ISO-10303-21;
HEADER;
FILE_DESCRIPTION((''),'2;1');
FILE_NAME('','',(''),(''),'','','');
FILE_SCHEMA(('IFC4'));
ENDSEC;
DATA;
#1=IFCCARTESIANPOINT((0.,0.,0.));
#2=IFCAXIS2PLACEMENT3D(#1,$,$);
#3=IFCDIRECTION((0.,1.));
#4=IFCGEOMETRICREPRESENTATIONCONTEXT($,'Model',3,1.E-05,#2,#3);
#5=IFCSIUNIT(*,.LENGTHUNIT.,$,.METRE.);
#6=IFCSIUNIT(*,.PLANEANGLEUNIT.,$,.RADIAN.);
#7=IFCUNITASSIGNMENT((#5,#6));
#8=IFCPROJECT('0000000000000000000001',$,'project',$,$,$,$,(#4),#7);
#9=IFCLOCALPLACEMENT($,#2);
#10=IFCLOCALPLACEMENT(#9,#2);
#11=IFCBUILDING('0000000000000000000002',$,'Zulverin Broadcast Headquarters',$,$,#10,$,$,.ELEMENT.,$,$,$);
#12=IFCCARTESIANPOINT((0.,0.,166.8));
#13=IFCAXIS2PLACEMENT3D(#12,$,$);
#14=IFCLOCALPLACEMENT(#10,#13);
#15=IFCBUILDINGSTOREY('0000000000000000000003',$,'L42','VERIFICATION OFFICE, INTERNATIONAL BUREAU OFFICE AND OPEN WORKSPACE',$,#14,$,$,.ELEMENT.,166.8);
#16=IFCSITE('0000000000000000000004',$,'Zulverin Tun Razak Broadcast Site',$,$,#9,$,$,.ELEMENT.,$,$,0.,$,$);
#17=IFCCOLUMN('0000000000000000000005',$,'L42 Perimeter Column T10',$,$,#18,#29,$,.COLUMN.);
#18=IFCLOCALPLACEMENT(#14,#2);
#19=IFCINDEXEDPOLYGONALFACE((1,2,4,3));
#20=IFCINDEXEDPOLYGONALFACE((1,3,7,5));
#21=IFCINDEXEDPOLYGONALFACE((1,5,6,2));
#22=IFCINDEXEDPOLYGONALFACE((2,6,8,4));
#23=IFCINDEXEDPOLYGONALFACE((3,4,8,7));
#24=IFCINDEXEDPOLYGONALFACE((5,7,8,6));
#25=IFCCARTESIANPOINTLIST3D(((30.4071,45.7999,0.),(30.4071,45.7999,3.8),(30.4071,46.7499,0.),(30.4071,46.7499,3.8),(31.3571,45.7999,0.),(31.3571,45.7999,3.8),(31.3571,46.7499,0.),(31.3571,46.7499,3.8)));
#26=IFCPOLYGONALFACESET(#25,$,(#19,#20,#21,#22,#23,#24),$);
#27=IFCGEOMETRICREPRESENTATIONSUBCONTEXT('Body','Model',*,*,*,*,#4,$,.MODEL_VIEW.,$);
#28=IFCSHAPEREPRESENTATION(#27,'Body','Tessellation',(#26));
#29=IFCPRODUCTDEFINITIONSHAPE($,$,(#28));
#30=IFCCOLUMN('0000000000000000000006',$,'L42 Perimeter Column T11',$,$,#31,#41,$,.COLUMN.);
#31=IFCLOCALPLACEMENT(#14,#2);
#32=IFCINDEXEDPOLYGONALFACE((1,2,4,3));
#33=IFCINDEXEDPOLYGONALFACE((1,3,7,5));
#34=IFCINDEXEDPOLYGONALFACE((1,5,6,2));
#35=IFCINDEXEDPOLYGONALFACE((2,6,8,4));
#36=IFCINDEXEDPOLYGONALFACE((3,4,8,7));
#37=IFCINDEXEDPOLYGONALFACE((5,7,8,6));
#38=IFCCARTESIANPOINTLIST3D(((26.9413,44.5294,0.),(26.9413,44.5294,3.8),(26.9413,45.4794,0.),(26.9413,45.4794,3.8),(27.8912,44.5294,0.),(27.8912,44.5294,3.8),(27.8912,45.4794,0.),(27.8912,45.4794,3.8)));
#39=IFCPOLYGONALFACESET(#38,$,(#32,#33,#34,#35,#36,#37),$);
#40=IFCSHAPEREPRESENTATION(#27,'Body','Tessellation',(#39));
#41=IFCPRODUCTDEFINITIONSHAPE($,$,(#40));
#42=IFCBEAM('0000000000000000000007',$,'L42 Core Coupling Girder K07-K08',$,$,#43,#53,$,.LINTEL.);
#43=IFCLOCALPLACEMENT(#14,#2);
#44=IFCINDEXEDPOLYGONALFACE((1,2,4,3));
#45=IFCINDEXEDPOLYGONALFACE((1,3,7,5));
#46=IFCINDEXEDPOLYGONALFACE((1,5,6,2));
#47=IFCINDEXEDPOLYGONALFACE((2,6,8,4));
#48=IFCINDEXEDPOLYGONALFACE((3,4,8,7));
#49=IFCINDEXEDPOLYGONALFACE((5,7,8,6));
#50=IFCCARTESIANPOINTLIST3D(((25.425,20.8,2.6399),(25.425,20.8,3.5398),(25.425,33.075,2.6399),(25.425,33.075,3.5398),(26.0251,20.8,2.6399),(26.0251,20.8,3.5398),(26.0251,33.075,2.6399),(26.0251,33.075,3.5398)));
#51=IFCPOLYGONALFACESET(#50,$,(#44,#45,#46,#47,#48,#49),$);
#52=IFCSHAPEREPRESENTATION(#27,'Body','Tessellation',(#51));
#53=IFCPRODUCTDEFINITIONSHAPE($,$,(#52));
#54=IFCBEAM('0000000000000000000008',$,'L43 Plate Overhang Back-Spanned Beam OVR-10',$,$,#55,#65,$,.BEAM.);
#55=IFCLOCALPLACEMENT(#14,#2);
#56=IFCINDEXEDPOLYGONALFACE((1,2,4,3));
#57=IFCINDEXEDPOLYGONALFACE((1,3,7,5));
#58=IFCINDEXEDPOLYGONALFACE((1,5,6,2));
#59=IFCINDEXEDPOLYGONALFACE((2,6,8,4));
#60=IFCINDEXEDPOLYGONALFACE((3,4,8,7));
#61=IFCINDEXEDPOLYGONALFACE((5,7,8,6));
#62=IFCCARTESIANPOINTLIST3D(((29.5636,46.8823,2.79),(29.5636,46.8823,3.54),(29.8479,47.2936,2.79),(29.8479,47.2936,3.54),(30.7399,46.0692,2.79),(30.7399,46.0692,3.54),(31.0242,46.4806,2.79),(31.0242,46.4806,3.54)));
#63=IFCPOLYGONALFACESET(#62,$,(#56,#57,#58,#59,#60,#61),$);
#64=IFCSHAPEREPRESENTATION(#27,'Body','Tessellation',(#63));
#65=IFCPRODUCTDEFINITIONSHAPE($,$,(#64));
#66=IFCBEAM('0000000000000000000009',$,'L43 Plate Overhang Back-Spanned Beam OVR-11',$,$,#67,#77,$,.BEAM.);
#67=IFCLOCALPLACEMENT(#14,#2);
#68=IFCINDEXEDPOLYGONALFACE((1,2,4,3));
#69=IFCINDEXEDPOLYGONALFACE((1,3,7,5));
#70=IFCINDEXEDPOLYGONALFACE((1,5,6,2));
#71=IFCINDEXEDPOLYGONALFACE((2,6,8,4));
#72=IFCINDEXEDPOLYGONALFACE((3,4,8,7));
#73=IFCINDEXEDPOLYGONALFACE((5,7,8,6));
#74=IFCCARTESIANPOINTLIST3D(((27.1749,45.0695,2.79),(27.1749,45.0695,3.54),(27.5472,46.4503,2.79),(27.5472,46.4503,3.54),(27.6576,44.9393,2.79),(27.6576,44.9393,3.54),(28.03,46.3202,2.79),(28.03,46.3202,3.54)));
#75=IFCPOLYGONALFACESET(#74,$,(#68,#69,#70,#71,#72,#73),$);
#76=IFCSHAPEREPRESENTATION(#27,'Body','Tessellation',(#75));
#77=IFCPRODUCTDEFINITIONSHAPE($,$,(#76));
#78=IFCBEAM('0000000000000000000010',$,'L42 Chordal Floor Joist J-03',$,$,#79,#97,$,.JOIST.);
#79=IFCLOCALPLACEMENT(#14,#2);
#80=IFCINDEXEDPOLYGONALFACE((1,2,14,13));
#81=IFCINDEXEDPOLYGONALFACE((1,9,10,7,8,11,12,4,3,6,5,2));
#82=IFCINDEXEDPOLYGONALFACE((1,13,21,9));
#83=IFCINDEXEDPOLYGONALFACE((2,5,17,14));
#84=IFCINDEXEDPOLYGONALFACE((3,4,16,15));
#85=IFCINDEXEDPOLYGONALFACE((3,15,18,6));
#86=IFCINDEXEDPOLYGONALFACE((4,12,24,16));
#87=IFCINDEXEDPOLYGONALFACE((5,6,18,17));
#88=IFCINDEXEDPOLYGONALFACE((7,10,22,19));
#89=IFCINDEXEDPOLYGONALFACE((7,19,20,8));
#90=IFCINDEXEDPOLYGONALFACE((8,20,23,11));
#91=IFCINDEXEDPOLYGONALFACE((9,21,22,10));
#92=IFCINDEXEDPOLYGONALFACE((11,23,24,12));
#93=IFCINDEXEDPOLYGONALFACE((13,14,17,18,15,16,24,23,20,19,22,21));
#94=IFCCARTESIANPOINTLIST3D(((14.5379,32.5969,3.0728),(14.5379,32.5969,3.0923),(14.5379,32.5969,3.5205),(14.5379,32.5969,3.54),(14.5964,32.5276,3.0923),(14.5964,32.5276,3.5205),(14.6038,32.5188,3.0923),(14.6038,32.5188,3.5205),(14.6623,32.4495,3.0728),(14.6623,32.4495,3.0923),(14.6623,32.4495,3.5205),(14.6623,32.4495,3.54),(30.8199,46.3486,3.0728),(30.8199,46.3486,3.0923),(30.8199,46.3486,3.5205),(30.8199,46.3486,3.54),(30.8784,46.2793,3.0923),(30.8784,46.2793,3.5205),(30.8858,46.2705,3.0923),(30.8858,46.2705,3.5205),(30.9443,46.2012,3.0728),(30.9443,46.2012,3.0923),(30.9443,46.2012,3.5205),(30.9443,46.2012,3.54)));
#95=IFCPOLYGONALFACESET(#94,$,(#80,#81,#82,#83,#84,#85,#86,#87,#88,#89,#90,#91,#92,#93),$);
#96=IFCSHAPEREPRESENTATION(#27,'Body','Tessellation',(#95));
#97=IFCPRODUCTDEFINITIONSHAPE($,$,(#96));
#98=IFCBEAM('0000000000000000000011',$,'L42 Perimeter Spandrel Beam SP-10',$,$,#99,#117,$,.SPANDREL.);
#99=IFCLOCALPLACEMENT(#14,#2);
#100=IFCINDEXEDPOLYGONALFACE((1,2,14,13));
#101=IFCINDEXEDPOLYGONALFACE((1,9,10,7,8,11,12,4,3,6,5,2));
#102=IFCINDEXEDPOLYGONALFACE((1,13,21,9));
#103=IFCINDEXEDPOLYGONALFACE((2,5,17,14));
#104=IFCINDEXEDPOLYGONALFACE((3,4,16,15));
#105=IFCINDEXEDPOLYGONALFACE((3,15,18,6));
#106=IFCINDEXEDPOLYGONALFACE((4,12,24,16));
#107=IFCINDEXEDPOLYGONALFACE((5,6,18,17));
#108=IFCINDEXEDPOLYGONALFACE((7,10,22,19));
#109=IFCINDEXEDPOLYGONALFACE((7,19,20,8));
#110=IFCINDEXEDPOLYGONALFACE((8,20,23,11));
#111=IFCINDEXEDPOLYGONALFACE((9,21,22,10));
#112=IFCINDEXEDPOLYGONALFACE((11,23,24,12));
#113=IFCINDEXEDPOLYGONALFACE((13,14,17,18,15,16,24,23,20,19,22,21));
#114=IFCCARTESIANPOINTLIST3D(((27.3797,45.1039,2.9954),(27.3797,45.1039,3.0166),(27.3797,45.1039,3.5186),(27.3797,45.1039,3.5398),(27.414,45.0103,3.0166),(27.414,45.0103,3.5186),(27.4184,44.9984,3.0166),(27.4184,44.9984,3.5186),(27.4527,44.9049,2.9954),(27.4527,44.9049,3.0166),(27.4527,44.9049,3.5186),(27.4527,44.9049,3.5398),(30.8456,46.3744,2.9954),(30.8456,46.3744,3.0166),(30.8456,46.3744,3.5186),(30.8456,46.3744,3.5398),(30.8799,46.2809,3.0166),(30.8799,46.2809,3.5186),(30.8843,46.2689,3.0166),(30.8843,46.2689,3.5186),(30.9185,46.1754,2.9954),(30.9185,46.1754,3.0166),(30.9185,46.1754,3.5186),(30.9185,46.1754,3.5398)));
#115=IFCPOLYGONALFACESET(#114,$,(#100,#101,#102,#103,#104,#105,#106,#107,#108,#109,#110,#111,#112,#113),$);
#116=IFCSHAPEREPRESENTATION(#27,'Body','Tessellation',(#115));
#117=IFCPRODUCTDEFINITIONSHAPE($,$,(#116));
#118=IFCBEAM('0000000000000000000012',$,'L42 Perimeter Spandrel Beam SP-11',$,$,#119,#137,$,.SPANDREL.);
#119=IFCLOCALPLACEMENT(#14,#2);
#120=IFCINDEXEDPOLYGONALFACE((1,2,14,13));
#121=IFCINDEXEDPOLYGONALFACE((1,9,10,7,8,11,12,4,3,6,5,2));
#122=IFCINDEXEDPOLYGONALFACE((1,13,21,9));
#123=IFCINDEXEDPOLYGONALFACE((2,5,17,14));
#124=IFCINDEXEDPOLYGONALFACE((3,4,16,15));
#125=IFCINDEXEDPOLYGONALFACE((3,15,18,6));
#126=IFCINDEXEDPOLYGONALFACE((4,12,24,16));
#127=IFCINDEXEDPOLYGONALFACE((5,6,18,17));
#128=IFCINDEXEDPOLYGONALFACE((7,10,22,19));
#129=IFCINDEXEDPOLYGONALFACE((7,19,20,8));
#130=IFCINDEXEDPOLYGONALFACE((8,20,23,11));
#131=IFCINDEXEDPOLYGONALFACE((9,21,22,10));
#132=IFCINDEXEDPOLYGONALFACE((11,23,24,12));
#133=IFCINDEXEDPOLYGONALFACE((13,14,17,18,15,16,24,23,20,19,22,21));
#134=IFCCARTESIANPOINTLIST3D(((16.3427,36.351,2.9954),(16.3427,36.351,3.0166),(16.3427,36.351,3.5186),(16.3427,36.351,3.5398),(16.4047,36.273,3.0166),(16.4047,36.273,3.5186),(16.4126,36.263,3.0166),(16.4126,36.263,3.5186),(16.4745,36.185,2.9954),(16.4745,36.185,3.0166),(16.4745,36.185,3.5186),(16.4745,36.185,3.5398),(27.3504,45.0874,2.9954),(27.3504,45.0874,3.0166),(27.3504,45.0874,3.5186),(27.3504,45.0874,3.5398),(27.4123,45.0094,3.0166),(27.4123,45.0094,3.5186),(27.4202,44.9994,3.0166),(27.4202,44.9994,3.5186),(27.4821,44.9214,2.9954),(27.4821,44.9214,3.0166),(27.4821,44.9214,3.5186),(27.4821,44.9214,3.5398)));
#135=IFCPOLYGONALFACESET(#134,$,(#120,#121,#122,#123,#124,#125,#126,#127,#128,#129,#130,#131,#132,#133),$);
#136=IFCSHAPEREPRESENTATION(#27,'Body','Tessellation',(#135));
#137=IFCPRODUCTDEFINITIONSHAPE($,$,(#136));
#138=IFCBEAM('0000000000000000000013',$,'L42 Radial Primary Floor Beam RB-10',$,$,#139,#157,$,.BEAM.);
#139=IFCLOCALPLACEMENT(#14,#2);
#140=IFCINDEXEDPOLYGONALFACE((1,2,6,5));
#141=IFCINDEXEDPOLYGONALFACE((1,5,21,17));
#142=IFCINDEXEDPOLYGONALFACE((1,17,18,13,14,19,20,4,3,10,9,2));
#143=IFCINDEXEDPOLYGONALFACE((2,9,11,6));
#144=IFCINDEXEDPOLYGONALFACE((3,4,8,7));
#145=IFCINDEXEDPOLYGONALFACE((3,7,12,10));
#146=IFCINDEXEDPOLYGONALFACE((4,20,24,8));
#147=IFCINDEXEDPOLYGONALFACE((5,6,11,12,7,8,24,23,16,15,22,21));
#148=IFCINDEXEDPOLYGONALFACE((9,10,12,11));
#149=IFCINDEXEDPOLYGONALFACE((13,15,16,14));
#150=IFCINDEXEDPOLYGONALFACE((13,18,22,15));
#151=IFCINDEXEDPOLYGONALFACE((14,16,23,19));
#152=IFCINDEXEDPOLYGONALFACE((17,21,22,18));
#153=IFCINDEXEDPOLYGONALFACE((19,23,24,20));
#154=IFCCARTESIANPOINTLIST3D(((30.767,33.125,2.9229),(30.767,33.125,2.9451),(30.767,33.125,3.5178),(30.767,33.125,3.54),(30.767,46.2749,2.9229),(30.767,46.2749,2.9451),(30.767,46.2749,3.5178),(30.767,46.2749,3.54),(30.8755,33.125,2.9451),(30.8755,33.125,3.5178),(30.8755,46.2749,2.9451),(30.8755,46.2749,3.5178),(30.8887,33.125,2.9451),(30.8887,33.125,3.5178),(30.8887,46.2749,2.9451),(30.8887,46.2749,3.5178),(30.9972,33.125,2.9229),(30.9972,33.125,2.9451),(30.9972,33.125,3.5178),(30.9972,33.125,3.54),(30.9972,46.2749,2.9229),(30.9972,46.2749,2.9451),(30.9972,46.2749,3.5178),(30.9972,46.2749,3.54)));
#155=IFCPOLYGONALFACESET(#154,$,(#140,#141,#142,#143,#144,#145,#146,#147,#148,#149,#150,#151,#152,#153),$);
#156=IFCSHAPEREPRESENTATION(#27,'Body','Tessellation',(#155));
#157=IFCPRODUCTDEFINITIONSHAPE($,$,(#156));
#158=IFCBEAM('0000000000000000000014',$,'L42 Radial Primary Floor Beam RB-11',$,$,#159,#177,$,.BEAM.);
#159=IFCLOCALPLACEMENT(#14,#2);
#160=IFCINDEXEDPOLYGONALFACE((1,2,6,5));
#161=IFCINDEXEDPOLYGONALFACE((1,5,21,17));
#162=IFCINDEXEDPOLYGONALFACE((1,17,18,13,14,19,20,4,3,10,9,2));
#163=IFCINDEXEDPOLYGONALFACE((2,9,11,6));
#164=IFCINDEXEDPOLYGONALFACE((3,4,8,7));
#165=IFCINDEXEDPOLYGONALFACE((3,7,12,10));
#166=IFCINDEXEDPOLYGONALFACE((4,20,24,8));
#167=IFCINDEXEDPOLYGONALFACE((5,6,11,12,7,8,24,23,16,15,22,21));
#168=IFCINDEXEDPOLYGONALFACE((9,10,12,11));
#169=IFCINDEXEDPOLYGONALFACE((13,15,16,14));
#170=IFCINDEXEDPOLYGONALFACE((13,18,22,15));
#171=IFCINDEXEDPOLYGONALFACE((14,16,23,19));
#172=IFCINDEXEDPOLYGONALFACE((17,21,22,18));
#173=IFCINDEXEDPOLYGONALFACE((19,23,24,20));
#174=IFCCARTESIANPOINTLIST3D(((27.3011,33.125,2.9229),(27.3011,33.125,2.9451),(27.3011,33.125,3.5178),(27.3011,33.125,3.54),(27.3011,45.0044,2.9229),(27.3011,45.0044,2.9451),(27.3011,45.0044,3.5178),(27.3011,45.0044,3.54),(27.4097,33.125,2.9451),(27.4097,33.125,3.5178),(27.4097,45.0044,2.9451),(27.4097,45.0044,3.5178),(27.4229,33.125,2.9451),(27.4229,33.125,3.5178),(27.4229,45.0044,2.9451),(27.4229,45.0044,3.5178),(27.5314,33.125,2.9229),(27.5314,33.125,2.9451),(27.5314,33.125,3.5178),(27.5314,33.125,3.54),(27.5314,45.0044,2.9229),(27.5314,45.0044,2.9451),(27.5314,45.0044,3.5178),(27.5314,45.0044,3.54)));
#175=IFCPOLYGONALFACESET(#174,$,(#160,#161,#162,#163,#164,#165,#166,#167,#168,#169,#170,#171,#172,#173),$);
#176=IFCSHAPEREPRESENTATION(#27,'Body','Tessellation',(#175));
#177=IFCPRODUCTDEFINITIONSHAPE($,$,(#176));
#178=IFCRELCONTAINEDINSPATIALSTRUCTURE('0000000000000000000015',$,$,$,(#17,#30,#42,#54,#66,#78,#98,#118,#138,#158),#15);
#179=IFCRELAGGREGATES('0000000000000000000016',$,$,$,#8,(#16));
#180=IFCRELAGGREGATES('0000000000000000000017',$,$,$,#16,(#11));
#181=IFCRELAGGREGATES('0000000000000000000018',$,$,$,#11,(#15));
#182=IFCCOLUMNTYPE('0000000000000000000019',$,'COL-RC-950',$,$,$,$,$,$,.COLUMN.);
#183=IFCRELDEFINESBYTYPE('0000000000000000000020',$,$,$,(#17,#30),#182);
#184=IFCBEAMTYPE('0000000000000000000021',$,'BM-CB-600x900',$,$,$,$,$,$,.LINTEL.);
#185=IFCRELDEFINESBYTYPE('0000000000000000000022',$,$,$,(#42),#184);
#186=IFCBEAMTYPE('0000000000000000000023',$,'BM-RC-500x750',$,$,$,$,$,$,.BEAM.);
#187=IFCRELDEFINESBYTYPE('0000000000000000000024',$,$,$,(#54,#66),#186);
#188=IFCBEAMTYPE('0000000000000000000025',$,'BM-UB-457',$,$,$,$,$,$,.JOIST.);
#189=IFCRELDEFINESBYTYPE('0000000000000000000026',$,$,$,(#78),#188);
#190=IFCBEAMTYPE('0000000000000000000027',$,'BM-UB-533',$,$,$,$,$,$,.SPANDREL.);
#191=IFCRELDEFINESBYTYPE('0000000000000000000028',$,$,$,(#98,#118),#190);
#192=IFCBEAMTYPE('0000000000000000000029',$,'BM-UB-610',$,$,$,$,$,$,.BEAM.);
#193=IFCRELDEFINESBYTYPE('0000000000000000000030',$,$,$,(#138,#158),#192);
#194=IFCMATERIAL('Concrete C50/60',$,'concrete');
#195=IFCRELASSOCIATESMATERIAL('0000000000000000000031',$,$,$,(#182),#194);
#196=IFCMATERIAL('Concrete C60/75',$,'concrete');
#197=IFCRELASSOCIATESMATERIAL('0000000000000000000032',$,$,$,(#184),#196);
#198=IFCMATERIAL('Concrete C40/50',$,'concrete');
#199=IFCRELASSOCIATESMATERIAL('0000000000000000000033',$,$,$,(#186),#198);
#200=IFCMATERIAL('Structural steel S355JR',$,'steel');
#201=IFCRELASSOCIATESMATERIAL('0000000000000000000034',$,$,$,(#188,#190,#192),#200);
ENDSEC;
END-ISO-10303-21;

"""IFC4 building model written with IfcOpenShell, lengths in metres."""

from ifc_helpers import new_model, si_unit, direction, frame, origin, origin_2d, place, context, subcontext, project, spatial, rectangle, i_section, extrude, material, material_profile, profile_set, type_object, element, save


model = new_model("IFC4")

# Units and contexts
model_context = context("Model", 3, precision=1e-05, world=origin(), true_north=direction((0.0, 1.0)))
body_context = subcontext(model_context, "Body", "Model", "MODEL_VIEW")
ifc_project = project(units=[si_unit("LENGTHUNIT", "METRE"), si_unit("PLANEANGLEUNIT", "RADIAN")], contexts=[model_context])

# Site, building, storey
site_placement = place(None, origin())
site = spatial("IfcSite", under=ifc_project, at=site_placement, Name="Zulverin Tun Razak Broadcast Site", CompositionType="ELEMENT", RefElevation=0.0)
building_placement = place(site_placement, origin())
building = spatial("IfcBuilding", under=site, at=building_placement, Name="Zulverin Broadcast Headquarters", CompositionType="ELEMENT")
storey_placement = place(building_placement, frame((0.0, 0.0, 166.8)))
storey = spatial("IfcBuildingStorey", under=building, at=storey_placement, Name="L42", Description="VERIFICATION OFFICE, INTERNATIONAL BUREAU OFFICE AND OPEN WORKSPACE", CompositionType="ELEMENT", Elevation=166.8)

# Columns
ifc_material_1 = material(Name="Concrete C50/60", Category="concrete")
ifc_material_profile_1 = material_profile(ifc_material_1, rectangle(XDim=0.95, YDim=0.95, at=origin_2d()), Name="Concrete C50/60", Category="concrete")
ifc_profile_set_1 = profile_set([ifc_material_profile_1], Name="Concrete C50/60")
column_type = type_object("IfcColumnType", Name="COL-RC-950", PredefinedType="COLUMN", material=ifc_profile_set_1)
for number, where, z_axis, x_axis, name in (
    (1, (30.8821, 46.2749, 0.0), (0.0, 0.0, 1.0), (1.0, 0.0, 0.0), "L42 Perimeter Column T10"),
    (2, (27.4163, 45.0044, 0.0), (0.0, 0.0, 1.0), (1.0, 0.0, 0.0), "L42 Perimeter Column T11"),
):
    element("IfcColumn", number, at=place(storey_placement, frame(where, z_axis=z_axis, x_axis=x_axis)), inside=storey, type_object=column_type, Name=name, PredefinedType="COLUMN", context=body_context, shape_type="SweptSolid", body=[
        extrude(rectangle(XDim=0.95, YDim=0.95, at=origin_2d()), origin(), (0.0, 0.0, 1.0), 3.8),
    ])

# Beams
ifc_material_2 = material(Name="Concrete C60/75", Category="concrete")
ifc_material_profile_2 = material_profile(ifc_material_2, rectangle(XDim=0.6001, YDim=0.8999, at=origin_2d()), Name="Concrete C60/75", Category="concrete")
ifc_profile_set_2 = profile_set([ifc_material_profile_2], Name="Concrete C60/75")
beam_type_1 = type_object("IfcBeamType", Name="BM-CB-600x900", PredefinedType="LINTEL", material=ifc_profile_set_2)
beam_1_placement = place(storey_placement, frame((25.7251, 33.075, 3.0898), z_axis=(0.0, -1.0, 0.0), x_axis=(1.0, 0.0, 0.0)))
element("IfcBeam", 3, at=beam_1_placement, inside=storey, type_object=beam_type_1, Name="L42 Core Coupling Girder K07-K08", PredefinedType="LINTEL", context=body_context, shape_type="SweptSolid", body=[
    extrude(rectangle(XDim=0.6001, YDim=0.8999, at=origin_2d()), origin(), (0.0, 0.0, 1.0), 12.2749),
])
ifc_material_3 = material(Name="Concrete C40/50", Category="concrete")
ifc_material_profile_3 = material_profile(ifc_material_3, rectangle(XDim=0.5, YDim=0.75, at=origin_2d()), Name="Concrete C40/50", Category="concrete")
ifc_profile_set_3 = profile_set([ifc_material_profile_3], Name="Concrete C40/50")
beam_type_2 = type_object("IfcBeamType", Name="BM-RC-500x750", PredefinedType="BEAM", material=ifc_profile_set_3)
beam_2_placement = place(storey_placement, frame((30.8821, 46.2749, 3.165), z_axis=(-0.822635, 0.568571, 0.0), x_axis=(-0.568571, -0.822635, 0.0)))
element("IfcBeam", 4, at=beam_2_placement, inside=storey, type_object=beam_type_2, Name="L43 Plate Overhang Back-Spanned Beam OVR-10", PredefinedType="BEAM", context=body_context, shape_type="SweptSolid", body=[
    extrude(rectangle(XDim=0.5, YDim=0.75, at=origin_2d()), origin(), (0.0, 0.0, 1.0), 1.4299),
])
beam_3_placement = place(storey_placement, frame((27.4163, 45.0044, 3.165), z_axis=(0.260329, 0.96552, 0.0), x_axis=(-0.96552, 0.260329, 0.0)))
element("IfcBeam", 5, at=beam_3_placement, inside=storey, type_object=beam_type_2, Name="L43 Plate Overhang Back-Spanned Beam OVR-11", PredefinedType="BEAM", context=body_context, shape_type="SweptSolid", body=[
    extrude(rectangle(XDim=0.5, YDim=0.75, at=origin_2d()), origin(), (0.0, 0.0, 1.0), 1.4302),
])
ifc_material_4 = material(Name="Structural steel S355JR", Category="steel")
ifc_material_profile_4 = material_profile(ifc_material_4, i_section(OverallWidth=0.1929, OverallDepth=0.4673, WebThickness=0.0115, FlangeThickness=0.0195, at=origin_2d()), Name="Structural steel S355JR", Category="steel")
ifc_profile_set_4 = profile_set([ifc_material_profile_4], Name="Structural steel S355JR")
beam_type_3 = type_object("IfcBeamType", Name="BM-UB-457", PredefinedType="JOIST", material=ifc_profile_set_4)
beam_4_placement = place(storey_placement, frame((30.8821, 46.2749, 3.3064), z_axis=(-0.763973, -0.645249, 0.0), x_axis=(0.645249, -0.763973, 0.0)))
element("IfcBeam", 6, at=beam_4_placement, inside=storey, type_object=beam_type_3, Name="L42 Chordal Floor Joist J-03", PredefinedType="JOIST", context=body_context, shape_type="SweptSolid", body=[
    extrude(i_section(OverallWidth=0.1929, OverallDepth=0.4673, WebThickness=0.0115, FlangeThickness=0.0195, at=origin_2d()), origin(), (0.0, 0.0, 1.0), 21.3123),
])
ifc_material_profile_5 = material_profile(ifc_material_4, i_section(OverallWidth=0.2119, OverallDepth=0.5444, WebThickness=0.0127, FlangeThickness=0.0212, at=origin_2d()), Name="Structural steel S355JR", Category="steel")
ifc_profile_set_5 = profile_set([ifc_material_profile_5], Name="Structural steel S355JR")
beam_type_4 = type_object("IfcBeamType", Name="BM-UB-533", PredefinedType="SPANDREL", material=ifc_profile_set_5)
beam_5_placement = place(storey_placement, frame((30.8821, 46.2749, 3.2676), z_axis=(-0.938902, -0.344185, 0.0), x_axis=(0.344185, -0.938902, 0.0)))
element("IfcBeam", 7, at=beam_5_placement, inside=storey, type_object=beam_type_4, Name="L42 Perimeter Spandrel Beam SP-10", PredefinedType="SPANDREL", context=body_context, shape_type="SweptSolid", body=[
    extrude(i_section(OverallWidth=0.2119, OverallDepth=0.5444, WebThickness=0.0127, FlangeThickness=0.0212, at=origin_2d()), origin(), (0.0, 0.0, 1.0), 3.6914),
])
beam_6_placement = place(storey_placement, frame((27.4163, 45.0044, 3.2676), z_axis=(-0.783283, -0.621665, 0.0), x_axis=(0.621665, -0.783283, 0.0)))
element("IfcBeam", 8, at=beam_6_placement, inside=storey, type_object=beam_type_4, Name="L42 Perimeter Spandrel Beam SP-11", PredefinedType="SPANDREL", context=body_context, shape_type="SweptSolid", body=[
    extrude(i_section(OverallWidth=0.2119, OverallDepth=0.5444, WebThickness=0.0127, FlangeThickness=0.0212, at=origin_2d()), origin(), (0.0, 0.0, 1.0), 14.0532),
])
ifc_material_profile_6 = material_profile(ifc_material_4, i_section(OverallWidth=0.2302, OverallDepth=0.6172, WebThickness=0.0132, FlangeThickness=0.0222, at=origin_2d()), Name="Structural steel S355JR", Category="steel")
ifc_profile_set_6 = profile_set([ifc_material_profile_6], Name="Structural steel S355JR")
beam_type_5 = type_object("IfcBeamType", Name="BM-UB-610", PredefinedType="BEAM", material=ifc_profile_set_6)
beam_7_placement = place(storey_placement, frame((30.8821, 33.125, 3.2314), z_axis=(0.0, 1.0, 0.0), x_axis=(-1.0, 0.0, 0.0)))
element("IfcBeam", 9, at=beam_7_placement, inside=storey, type_object=beam_type_5, Name="L42 Radial Primary Floor Beam RB-10", PredefinedType="BEAM", context=body_context, shape_type="SweptSolid", body=[
    extrude(i_section(OverallWidth=0.2302, OverallDepth=0.6172, WebThickness=0.0132, FlangeThickness=0.0222, at=origin_2d()), origin(), (0.0, 0.0, 1.0), 13.1499),
])
beam_8_placement = place(storey_placement, frame((27.4163, 33.125, 3.2314), z_axis=(0.0, 1.0, 0.0), x_axis=(-1.0, 0.0, 0.0)))
element("IfcBeam", 10, at=beam_8_placement, inside=storey, type_object=beam_type_5, Name="L42 Radial Primary Floor Beam RB-11", PredefinedType="BEAM", context=body_context, shape_type="SweptSolid", body=[
    extrude(i_section(OverallWidth=0.2302, OverallDepth=0.6172, WebThickness=0.0132, FlangeThickness=0.0222, at=origin_2d()), origin(), (0.0, 0.0, 1.0), 11.8794),
])

save(model, "model.ifc")
